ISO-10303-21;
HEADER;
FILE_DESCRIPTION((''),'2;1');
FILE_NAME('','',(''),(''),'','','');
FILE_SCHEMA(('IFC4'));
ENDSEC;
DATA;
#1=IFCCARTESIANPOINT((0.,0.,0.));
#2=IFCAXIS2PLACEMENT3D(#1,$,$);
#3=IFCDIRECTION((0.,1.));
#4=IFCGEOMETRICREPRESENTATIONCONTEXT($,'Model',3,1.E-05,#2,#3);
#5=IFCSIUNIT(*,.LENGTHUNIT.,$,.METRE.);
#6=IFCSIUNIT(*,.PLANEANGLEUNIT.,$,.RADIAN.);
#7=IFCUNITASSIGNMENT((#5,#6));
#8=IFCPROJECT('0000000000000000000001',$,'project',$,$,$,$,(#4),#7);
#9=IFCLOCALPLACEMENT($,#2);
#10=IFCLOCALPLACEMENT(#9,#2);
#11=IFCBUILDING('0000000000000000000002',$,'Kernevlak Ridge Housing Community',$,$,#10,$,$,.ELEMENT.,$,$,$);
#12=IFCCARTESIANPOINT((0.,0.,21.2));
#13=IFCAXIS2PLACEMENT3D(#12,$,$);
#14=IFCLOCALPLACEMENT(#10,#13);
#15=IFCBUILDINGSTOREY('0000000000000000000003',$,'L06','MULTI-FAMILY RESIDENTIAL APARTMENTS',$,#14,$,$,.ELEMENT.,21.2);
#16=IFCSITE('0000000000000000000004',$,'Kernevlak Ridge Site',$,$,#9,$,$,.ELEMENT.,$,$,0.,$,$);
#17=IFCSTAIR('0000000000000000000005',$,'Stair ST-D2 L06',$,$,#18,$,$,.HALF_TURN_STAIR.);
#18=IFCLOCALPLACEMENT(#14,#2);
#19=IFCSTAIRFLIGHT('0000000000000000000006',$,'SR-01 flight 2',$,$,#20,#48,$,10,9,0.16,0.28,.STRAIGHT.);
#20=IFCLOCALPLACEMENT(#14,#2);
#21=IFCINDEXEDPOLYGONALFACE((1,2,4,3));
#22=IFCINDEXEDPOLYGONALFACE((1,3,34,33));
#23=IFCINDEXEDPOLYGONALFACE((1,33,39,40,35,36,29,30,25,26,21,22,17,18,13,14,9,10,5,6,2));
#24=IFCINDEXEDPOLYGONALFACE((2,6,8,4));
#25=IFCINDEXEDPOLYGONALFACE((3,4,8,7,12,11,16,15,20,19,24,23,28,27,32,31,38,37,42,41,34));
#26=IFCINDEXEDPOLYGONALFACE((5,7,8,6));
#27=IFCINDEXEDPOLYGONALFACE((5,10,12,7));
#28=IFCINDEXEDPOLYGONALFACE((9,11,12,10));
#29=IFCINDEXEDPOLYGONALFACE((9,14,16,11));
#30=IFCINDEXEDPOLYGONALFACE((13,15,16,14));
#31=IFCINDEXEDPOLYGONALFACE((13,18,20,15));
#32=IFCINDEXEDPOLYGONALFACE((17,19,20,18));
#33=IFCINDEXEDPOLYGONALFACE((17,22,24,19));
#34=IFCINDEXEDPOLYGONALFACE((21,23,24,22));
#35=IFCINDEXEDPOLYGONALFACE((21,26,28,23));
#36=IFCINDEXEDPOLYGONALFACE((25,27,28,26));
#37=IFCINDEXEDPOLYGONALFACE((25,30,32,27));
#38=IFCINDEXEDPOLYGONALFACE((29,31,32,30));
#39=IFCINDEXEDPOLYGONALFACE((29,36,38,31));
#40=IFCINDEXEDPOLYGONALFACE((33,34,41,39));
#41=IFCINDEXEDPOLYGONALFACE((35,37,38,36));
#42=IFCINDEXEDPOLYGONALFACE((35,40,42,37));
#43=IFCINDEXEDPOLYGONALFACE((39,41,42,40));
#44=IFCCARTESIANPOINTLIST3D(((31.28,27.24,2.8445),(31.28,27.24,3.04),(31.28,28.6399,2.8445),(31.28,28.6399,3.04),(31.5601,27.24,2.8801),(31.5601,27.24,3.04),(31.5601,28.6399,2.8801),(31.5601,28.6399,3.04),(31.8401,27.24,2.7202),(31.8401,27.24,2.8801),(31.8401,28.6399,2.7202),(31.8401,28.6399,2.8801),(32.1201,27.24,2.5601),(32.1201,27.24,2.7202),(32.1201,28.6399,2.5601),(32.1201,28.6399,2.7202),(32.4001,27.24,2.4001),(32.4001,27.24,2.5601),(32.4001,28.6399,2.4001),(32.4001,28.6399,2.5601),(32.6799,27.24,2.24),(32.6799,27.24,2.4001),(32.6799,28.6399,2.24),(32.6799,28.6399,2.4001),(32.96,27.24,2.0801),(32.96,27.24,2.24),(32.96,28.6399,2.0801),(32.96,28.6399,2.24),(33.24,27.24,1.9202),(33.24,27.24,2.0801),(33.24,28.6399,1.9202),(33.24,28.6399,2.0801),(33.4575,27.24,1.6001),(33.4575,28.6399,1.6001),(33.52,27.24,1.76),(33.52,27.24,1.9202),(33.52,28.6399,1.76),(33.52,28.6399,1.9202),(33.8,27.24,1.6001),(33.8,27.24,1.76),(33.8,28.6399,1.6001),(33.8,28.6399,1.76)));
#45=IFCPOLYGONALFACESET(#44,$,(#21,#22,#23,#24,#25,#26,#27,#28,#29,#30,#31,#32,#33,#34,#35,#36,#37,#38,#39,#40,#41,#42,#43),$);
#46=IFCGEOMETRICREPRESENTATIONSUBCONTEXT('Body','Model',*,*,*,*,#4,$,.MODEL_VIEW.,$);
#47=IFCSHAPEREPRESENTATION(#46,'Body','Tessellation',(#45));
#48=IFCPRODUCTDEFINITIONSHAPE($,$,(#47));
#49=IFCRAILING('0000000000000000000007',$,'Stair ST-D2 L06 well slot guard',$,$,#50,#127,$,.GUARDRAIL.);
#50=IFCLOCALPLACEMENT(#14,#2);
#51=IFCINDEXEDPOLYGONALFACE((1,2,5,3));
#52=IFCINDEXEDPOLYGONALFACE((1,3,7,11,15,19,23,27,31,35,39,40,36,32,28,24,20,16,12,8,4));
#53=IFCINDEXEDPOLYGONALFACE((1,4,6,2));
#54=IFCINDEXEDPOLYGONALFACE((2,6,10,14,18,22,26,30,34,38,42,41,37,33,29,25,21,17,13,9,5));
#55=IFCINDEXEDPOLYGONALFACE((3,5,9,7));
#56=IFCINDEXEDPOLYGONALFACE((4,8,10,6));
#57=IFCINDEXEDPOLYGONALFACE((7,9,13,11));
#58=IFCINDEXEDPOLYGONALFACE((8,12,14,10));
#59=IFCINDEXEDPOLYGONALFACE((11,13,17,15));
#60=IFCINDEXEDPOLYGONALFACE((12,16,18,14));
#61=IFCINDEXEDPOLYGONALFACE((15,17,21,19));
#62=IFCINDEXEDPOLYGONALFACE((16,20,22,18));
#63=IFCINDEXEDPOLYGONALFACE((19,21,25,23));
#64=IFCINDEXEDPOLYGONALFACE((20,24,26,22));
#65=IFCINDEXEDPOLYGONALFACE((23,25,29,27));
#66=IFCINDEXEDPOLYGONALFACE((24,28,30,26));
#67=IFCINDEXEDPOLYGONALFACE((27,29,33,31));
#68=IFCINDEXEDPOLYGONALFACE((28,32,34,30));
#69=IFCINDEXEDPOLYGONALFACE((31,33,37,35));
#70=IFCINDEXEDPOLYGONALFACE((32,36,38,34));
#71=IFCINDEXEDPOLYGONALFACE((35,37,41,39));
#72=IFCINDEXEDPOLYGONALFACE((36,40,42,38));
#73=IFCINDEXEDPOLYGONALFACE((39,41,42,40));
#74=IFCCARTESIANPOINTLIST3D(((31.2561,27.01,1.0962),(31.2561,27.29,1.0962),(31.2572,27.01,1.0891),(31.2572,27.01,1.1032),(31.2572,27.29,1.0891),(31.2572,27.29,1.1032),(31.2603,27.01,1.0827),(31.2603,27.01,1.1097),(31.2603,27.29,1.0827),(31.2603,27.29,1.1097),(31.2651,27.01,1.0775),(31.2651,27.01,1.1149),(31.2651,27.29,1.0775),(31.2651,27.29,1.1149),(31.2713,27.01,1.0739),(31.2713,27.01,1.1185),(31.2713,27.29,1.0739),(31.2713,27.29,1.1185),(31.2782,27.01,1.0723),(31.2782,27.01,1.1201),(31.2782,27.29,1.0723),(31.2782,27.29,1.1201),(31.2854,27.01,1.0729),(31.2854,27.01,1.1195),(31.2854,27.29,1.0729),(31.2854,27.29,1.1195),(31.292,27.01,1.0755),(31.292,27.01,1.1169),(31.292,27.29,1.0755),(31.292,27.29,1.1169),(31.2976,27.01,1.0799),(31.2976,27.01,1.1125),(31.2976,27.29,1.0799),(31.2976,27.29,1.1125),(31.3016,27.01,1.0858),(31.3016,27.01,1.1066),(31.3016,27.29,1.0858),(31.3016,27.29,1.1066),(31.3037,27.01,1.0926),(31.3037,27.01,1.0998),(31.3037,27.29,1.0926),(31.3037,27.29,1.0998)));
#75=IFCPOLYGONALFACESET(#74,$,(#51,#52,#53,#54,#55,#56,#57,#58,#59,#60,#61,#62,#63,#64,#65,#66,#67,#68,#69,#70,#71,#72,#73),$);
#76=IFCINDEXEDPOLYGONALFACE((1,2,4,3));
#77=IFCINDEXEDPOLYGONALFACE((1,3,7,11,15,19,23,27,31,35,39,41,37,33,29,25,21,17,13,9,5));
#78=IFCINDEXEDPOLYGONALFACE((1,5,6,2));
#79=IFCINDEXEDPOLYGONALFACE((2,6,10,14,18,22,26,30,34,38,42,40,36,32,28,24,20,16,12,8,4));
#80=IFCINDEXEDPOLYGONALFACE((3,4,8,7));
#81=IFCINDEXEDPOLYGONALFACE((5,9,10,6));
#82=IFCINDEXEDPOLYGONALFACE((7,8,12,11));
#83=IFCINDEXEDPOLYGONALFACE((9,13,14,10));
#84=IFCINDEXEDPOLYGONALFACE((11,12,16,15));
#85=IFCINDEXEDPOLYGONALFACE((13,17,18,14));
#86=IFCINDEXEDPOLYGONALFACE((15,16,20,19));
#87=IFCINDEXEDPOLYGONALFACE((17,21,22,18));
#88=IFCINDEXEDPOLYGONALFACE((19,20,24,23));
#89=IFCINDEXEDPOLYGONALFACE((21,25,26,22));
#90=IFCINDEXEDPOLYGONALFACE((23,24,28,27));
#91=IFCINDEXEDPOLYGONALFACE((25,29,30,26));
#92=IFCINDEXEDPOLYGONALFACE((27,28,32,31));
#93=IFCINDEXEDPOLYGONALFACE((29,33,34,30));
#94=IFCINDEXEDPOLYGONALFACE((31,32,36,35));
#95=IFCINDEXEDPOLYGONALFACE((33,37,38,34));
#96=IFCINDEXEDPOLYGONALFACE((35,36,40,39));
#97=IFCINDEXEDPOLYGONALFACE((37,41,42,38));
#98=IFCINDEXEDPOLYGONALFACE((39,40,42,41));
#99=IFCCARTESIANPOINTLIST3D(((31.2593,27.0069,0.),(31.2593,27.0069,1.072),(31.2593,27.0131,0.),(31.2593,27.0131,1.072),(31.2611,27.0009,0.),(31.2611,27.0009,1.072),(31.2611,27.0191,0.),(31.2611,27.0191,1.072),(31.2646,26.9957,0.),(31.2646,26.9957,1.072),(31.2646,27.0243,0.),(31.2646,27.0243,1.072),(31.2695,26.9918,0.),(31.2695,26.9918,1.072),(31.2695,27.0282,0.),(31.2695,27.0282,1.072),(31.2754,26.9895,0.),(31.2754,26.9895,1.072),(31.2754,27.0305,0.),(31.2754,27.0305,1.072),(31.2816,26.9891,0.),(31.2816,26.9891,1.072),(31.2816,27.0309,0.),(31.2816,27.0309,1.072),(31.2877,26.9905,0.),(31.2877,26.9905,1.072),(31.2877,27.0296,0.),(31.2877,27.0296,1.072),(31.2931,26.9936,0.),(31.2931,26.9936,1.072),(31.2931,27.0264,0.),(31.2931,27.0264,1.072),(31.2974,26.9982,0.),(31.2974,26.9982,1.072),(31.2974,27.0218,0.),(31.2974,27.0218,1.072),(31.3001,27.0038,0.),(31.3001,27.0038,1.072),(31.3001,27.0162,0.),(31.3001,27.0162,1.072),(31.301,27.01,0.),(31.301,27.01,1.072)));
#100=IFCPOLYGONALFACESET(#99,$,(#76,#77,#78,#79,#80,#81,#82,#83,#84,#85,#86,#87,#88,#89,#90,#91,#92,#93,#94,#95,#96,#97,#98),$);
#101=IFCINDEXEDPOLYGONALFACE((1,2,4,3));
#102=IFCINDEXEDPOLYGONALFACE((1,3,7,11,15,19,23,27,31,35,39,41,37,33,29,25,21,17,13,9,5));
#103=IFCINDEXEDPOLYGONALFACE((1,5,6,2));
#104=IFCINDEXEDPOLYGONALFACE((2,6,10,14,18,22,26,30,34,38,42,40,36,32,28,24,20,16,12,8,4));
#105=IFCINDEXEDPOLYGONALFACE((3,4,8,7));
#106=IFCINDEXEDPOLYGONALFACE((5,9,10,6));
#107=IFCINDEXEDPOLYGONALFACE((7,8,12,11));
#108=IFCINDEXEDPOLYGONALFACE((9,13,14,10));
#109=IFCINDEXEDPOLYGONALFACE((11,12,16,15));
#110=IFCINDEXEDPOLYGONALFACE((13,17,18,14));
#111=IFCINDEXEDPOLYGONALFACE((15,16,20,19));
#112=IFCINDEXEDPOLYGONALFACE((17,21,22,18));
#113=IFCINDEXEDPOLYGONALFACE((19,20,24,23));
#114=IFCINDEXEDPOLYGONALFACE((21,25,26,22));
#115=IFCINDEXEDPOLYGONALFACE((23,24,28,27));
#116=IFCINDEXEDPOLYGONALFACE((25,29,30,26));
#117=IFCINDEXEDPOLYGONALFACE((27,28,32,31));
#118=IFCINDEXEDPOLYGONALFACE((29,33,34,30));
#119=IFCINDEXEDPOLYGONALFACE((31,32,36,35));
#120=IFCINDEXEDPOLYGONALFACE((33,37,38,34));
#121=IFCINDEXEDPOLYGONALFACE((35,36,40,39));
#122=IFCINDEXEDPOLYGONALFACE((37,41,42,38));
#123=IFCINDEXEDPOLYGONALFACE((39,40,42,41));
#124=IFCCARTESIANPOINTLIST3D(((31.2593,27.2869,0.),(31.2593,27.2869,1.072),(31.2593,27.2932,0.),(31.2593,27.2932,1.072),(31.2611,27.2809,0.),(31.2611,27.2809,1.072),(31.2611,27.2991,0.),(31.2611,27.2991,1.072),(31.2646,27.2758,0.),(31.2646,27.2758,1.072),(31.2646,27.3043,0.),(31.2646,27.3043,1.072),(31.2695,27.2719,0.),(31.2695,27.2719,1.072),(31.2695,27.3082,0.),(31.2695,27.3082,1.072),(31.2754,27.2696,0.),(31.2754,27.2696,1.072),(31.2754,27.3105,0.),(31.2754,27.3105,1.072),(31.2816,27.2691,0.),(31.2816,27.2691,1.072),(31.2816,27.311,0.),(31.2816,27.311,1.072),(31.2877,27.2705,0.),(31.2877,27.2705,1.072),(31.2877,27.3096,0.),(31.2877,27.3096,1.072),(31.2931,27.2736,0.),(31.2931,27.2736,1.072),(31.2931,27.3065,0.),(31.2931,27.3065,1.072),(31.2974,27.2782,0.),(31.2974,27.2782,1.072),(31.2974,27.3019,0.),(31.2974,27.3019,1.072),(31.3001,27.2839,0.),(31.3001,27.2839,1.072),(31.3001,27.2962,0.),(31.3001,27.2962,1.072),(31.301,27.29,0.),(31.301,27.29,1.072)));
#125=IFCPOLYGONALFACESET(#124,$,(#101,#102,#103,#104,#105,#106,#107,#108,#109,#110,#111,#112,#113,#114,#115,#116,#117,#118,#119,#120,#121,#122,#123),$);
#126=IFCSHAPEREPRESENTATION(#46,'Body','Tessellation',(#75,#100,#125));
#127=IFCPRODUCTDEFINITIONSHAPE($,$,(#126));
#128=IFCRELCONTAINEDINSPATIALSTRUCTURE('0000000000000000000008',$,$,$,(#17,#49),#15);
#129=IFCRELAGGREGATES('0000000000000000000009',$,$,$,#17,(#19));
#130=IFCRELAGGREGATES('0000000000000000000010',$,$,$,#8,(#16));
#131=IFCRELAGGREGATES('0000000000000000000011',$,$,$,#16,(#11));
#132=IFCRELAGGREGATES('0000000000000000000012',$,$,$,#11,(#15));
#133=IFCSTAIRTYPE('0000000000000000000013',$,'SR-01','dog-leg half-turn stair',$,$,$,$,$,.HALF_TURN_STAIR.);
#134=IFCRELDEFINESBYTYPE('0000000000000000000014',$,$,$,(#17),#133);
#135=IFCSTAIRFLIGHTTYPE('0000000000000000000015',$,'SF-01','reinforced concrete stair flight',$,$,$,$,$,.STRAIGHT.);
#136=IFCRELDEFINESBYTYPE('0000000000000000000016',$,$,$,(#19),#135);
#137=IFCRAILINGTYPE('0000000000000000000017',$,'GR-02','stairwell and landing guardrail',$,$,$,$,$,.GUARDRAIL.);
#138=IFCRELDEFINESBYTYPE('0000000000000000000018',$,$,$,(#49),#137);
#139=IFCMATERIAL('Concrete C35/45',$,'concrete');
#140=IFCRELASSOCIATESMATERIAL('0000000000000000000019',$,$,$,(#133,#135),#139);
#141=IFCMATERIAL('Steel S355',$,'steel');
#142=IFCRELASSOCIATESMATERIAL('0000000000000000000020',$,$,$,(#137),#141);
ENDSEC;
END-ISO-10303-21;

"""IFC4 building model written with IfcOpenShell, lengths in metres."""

from ifc_helpers import new_model, si_unit, direction, frame, origin, origin_2d, place, context, subcontext, project, spatial, polyline, circle, outline, extrude, material, type_object, element, aggregate, save


model = new_model("IFC4")

# Units and contexts
model_context = context("Model", 3, precision=1e-05, world=origin(), true_north=direction((0.0, 1.0)))
body_context = subcontext(model_context, "Body", "Model", "MODEL_VIEW")
ifc_project = project(units=[si_unit("LENGTHUNIT", "METRE"), si_unit("PLANEANGLEUNIT", "RADIAN")], contexts=[model_context])

# Site, building, storey
site_placement = place(None, origin())
site = spatial("IfcSite", under=ifc_project, at=site_placement, Name="Kernevlak Ridge Site", CompositionType="ELEMENT", RefElevation=0.0)
building_placement = place(site_placement, origin())
building = spatial("IfcBuilding", under=site, at=building_placement, Name="Kernevlak Ridge Housing Community", CompositionType="ELEMENT")
storey_placement = place(building_placement, frame((0.0, 0.0, 21.2)))
storey = spatial("IfcBuildingStorey", under=building, at=storey_placement, Name="L06", Description="MULTI-FAMILY RESIDENTIAL APARTMENTS", CompositionType="ELEMENT", Elevation=21.2)

# Shared definitions
ifc_material_1 = material(Name="Concrete C35/45", Category="concrete")

# Stair, stair flight
stair_type = type_object("IfcStairType", Name="SR-01", Description="dog-leg half-turn stair", PredefinedType="HALF_TURN_STAIR", material=ifc_material_1)
stair_placement = place(storey_placement, origin())
stair = element("IfcStair", 1, at=stair_placement, inside=storey, type_object=stair_type, Name="Stair ST-D2 L06", PredefinedType="HALF_TURN_STAIR")
stair_flight_type = type_object("IfcStairFlightType", Name="SF-01", Description="reinforced concrete stair flight", PredefinedType="STRAIGHT", material=ifc_material_1)
stair_flight_1_placement = place(storey_placement, frame((33.8, 27.9399, 1.6001), z_axis=(0.0, 0.0, 1.0), x_axis=(-1.0, 0.0, 0.0)))
stair_flight_1 = element("IfcStairFlight", 2, at=stair_flight_1_placement, type_object=stair_flight_type, Name="SR-01 flight 2", NumberOfRisers=10, NumberOfTreads=9, PredefinedType="STRAIGHT", RiserHeight=0.16, TreadLength=0.28, context=body_context, shape_type="SweptSolid", body=[
    extrude(outline(polyline([(0.0, 0.0), (0.0, 0.1599), (0.28, 0.1599), (0.28, 0.3201), (0.5601, 0.3201), (0.5601, 0.48), (0.8401, 0.48), (0.8401, 0.6399), (1.1201, 0.6399), (1.1201, 0.8), (1.3999, 0.8), (1.3999, 0.96), (1.6799, 0.96), (1.6799, 1.1201), (1.96, 1.1201), (1.96, 1.28), (2.24, 1.28), (2.24, 1.4399), (2.52, 1.4399), (2.52, 1.6001), (2.52, 1.2444), (0.3425, 0.0), (0.0, 0.0)])), frame((0.0, 0.7, 0.0), z_axis=(0.0, -1.0, 0.0), x_axis=(1.0, 0.0, 0.0)), (0.0, 0.0, 1.0), 1.3999),
])
aggregate(stair, [stair_flight_1])

# Railing
ifc_material_2 = material(Name="Steel S355", Category="steel")
railing_type_1 = type_object("IfcRailingType", Name="GR-02", Description="stairwell and landing guardrail", PredefinedType="GUARDRAIL", material=ifc_material_2)
railing_1_placement = place(storey_placement, frame((31.28, 27.01, 0.0)))
element("IfcRailing", 3, at=railing_1_placement, inside=storey, type_object=railing_type_1, Name="Stair ST-D2 L06 well slot guard", PredefinedType="GUARDRAIL", context=body_context, shape_type="SweptSolid", body=[
    extrude(circle(Radius=0.0239, at=origin_2d()), frame((0.0, 0.0, 1.0962), z_axis=(0.0, 1.0, 0.0), x_axis=(-1.0, 0.0, 0.0)), (0.0, 0.0, 1.0), 0.28),
    extrude(circle(Radius=0.021, at=origin_2d()), origin(), (0.0, 0.0, 1.0), 1.072),
    extrude(circle(Radius=0.021, at=origin_2d()), frame((0.0, 0.28, 0.0)), (0.0, 0.0, 1.0), 1.072),
])

save(model, "model.ifc")
